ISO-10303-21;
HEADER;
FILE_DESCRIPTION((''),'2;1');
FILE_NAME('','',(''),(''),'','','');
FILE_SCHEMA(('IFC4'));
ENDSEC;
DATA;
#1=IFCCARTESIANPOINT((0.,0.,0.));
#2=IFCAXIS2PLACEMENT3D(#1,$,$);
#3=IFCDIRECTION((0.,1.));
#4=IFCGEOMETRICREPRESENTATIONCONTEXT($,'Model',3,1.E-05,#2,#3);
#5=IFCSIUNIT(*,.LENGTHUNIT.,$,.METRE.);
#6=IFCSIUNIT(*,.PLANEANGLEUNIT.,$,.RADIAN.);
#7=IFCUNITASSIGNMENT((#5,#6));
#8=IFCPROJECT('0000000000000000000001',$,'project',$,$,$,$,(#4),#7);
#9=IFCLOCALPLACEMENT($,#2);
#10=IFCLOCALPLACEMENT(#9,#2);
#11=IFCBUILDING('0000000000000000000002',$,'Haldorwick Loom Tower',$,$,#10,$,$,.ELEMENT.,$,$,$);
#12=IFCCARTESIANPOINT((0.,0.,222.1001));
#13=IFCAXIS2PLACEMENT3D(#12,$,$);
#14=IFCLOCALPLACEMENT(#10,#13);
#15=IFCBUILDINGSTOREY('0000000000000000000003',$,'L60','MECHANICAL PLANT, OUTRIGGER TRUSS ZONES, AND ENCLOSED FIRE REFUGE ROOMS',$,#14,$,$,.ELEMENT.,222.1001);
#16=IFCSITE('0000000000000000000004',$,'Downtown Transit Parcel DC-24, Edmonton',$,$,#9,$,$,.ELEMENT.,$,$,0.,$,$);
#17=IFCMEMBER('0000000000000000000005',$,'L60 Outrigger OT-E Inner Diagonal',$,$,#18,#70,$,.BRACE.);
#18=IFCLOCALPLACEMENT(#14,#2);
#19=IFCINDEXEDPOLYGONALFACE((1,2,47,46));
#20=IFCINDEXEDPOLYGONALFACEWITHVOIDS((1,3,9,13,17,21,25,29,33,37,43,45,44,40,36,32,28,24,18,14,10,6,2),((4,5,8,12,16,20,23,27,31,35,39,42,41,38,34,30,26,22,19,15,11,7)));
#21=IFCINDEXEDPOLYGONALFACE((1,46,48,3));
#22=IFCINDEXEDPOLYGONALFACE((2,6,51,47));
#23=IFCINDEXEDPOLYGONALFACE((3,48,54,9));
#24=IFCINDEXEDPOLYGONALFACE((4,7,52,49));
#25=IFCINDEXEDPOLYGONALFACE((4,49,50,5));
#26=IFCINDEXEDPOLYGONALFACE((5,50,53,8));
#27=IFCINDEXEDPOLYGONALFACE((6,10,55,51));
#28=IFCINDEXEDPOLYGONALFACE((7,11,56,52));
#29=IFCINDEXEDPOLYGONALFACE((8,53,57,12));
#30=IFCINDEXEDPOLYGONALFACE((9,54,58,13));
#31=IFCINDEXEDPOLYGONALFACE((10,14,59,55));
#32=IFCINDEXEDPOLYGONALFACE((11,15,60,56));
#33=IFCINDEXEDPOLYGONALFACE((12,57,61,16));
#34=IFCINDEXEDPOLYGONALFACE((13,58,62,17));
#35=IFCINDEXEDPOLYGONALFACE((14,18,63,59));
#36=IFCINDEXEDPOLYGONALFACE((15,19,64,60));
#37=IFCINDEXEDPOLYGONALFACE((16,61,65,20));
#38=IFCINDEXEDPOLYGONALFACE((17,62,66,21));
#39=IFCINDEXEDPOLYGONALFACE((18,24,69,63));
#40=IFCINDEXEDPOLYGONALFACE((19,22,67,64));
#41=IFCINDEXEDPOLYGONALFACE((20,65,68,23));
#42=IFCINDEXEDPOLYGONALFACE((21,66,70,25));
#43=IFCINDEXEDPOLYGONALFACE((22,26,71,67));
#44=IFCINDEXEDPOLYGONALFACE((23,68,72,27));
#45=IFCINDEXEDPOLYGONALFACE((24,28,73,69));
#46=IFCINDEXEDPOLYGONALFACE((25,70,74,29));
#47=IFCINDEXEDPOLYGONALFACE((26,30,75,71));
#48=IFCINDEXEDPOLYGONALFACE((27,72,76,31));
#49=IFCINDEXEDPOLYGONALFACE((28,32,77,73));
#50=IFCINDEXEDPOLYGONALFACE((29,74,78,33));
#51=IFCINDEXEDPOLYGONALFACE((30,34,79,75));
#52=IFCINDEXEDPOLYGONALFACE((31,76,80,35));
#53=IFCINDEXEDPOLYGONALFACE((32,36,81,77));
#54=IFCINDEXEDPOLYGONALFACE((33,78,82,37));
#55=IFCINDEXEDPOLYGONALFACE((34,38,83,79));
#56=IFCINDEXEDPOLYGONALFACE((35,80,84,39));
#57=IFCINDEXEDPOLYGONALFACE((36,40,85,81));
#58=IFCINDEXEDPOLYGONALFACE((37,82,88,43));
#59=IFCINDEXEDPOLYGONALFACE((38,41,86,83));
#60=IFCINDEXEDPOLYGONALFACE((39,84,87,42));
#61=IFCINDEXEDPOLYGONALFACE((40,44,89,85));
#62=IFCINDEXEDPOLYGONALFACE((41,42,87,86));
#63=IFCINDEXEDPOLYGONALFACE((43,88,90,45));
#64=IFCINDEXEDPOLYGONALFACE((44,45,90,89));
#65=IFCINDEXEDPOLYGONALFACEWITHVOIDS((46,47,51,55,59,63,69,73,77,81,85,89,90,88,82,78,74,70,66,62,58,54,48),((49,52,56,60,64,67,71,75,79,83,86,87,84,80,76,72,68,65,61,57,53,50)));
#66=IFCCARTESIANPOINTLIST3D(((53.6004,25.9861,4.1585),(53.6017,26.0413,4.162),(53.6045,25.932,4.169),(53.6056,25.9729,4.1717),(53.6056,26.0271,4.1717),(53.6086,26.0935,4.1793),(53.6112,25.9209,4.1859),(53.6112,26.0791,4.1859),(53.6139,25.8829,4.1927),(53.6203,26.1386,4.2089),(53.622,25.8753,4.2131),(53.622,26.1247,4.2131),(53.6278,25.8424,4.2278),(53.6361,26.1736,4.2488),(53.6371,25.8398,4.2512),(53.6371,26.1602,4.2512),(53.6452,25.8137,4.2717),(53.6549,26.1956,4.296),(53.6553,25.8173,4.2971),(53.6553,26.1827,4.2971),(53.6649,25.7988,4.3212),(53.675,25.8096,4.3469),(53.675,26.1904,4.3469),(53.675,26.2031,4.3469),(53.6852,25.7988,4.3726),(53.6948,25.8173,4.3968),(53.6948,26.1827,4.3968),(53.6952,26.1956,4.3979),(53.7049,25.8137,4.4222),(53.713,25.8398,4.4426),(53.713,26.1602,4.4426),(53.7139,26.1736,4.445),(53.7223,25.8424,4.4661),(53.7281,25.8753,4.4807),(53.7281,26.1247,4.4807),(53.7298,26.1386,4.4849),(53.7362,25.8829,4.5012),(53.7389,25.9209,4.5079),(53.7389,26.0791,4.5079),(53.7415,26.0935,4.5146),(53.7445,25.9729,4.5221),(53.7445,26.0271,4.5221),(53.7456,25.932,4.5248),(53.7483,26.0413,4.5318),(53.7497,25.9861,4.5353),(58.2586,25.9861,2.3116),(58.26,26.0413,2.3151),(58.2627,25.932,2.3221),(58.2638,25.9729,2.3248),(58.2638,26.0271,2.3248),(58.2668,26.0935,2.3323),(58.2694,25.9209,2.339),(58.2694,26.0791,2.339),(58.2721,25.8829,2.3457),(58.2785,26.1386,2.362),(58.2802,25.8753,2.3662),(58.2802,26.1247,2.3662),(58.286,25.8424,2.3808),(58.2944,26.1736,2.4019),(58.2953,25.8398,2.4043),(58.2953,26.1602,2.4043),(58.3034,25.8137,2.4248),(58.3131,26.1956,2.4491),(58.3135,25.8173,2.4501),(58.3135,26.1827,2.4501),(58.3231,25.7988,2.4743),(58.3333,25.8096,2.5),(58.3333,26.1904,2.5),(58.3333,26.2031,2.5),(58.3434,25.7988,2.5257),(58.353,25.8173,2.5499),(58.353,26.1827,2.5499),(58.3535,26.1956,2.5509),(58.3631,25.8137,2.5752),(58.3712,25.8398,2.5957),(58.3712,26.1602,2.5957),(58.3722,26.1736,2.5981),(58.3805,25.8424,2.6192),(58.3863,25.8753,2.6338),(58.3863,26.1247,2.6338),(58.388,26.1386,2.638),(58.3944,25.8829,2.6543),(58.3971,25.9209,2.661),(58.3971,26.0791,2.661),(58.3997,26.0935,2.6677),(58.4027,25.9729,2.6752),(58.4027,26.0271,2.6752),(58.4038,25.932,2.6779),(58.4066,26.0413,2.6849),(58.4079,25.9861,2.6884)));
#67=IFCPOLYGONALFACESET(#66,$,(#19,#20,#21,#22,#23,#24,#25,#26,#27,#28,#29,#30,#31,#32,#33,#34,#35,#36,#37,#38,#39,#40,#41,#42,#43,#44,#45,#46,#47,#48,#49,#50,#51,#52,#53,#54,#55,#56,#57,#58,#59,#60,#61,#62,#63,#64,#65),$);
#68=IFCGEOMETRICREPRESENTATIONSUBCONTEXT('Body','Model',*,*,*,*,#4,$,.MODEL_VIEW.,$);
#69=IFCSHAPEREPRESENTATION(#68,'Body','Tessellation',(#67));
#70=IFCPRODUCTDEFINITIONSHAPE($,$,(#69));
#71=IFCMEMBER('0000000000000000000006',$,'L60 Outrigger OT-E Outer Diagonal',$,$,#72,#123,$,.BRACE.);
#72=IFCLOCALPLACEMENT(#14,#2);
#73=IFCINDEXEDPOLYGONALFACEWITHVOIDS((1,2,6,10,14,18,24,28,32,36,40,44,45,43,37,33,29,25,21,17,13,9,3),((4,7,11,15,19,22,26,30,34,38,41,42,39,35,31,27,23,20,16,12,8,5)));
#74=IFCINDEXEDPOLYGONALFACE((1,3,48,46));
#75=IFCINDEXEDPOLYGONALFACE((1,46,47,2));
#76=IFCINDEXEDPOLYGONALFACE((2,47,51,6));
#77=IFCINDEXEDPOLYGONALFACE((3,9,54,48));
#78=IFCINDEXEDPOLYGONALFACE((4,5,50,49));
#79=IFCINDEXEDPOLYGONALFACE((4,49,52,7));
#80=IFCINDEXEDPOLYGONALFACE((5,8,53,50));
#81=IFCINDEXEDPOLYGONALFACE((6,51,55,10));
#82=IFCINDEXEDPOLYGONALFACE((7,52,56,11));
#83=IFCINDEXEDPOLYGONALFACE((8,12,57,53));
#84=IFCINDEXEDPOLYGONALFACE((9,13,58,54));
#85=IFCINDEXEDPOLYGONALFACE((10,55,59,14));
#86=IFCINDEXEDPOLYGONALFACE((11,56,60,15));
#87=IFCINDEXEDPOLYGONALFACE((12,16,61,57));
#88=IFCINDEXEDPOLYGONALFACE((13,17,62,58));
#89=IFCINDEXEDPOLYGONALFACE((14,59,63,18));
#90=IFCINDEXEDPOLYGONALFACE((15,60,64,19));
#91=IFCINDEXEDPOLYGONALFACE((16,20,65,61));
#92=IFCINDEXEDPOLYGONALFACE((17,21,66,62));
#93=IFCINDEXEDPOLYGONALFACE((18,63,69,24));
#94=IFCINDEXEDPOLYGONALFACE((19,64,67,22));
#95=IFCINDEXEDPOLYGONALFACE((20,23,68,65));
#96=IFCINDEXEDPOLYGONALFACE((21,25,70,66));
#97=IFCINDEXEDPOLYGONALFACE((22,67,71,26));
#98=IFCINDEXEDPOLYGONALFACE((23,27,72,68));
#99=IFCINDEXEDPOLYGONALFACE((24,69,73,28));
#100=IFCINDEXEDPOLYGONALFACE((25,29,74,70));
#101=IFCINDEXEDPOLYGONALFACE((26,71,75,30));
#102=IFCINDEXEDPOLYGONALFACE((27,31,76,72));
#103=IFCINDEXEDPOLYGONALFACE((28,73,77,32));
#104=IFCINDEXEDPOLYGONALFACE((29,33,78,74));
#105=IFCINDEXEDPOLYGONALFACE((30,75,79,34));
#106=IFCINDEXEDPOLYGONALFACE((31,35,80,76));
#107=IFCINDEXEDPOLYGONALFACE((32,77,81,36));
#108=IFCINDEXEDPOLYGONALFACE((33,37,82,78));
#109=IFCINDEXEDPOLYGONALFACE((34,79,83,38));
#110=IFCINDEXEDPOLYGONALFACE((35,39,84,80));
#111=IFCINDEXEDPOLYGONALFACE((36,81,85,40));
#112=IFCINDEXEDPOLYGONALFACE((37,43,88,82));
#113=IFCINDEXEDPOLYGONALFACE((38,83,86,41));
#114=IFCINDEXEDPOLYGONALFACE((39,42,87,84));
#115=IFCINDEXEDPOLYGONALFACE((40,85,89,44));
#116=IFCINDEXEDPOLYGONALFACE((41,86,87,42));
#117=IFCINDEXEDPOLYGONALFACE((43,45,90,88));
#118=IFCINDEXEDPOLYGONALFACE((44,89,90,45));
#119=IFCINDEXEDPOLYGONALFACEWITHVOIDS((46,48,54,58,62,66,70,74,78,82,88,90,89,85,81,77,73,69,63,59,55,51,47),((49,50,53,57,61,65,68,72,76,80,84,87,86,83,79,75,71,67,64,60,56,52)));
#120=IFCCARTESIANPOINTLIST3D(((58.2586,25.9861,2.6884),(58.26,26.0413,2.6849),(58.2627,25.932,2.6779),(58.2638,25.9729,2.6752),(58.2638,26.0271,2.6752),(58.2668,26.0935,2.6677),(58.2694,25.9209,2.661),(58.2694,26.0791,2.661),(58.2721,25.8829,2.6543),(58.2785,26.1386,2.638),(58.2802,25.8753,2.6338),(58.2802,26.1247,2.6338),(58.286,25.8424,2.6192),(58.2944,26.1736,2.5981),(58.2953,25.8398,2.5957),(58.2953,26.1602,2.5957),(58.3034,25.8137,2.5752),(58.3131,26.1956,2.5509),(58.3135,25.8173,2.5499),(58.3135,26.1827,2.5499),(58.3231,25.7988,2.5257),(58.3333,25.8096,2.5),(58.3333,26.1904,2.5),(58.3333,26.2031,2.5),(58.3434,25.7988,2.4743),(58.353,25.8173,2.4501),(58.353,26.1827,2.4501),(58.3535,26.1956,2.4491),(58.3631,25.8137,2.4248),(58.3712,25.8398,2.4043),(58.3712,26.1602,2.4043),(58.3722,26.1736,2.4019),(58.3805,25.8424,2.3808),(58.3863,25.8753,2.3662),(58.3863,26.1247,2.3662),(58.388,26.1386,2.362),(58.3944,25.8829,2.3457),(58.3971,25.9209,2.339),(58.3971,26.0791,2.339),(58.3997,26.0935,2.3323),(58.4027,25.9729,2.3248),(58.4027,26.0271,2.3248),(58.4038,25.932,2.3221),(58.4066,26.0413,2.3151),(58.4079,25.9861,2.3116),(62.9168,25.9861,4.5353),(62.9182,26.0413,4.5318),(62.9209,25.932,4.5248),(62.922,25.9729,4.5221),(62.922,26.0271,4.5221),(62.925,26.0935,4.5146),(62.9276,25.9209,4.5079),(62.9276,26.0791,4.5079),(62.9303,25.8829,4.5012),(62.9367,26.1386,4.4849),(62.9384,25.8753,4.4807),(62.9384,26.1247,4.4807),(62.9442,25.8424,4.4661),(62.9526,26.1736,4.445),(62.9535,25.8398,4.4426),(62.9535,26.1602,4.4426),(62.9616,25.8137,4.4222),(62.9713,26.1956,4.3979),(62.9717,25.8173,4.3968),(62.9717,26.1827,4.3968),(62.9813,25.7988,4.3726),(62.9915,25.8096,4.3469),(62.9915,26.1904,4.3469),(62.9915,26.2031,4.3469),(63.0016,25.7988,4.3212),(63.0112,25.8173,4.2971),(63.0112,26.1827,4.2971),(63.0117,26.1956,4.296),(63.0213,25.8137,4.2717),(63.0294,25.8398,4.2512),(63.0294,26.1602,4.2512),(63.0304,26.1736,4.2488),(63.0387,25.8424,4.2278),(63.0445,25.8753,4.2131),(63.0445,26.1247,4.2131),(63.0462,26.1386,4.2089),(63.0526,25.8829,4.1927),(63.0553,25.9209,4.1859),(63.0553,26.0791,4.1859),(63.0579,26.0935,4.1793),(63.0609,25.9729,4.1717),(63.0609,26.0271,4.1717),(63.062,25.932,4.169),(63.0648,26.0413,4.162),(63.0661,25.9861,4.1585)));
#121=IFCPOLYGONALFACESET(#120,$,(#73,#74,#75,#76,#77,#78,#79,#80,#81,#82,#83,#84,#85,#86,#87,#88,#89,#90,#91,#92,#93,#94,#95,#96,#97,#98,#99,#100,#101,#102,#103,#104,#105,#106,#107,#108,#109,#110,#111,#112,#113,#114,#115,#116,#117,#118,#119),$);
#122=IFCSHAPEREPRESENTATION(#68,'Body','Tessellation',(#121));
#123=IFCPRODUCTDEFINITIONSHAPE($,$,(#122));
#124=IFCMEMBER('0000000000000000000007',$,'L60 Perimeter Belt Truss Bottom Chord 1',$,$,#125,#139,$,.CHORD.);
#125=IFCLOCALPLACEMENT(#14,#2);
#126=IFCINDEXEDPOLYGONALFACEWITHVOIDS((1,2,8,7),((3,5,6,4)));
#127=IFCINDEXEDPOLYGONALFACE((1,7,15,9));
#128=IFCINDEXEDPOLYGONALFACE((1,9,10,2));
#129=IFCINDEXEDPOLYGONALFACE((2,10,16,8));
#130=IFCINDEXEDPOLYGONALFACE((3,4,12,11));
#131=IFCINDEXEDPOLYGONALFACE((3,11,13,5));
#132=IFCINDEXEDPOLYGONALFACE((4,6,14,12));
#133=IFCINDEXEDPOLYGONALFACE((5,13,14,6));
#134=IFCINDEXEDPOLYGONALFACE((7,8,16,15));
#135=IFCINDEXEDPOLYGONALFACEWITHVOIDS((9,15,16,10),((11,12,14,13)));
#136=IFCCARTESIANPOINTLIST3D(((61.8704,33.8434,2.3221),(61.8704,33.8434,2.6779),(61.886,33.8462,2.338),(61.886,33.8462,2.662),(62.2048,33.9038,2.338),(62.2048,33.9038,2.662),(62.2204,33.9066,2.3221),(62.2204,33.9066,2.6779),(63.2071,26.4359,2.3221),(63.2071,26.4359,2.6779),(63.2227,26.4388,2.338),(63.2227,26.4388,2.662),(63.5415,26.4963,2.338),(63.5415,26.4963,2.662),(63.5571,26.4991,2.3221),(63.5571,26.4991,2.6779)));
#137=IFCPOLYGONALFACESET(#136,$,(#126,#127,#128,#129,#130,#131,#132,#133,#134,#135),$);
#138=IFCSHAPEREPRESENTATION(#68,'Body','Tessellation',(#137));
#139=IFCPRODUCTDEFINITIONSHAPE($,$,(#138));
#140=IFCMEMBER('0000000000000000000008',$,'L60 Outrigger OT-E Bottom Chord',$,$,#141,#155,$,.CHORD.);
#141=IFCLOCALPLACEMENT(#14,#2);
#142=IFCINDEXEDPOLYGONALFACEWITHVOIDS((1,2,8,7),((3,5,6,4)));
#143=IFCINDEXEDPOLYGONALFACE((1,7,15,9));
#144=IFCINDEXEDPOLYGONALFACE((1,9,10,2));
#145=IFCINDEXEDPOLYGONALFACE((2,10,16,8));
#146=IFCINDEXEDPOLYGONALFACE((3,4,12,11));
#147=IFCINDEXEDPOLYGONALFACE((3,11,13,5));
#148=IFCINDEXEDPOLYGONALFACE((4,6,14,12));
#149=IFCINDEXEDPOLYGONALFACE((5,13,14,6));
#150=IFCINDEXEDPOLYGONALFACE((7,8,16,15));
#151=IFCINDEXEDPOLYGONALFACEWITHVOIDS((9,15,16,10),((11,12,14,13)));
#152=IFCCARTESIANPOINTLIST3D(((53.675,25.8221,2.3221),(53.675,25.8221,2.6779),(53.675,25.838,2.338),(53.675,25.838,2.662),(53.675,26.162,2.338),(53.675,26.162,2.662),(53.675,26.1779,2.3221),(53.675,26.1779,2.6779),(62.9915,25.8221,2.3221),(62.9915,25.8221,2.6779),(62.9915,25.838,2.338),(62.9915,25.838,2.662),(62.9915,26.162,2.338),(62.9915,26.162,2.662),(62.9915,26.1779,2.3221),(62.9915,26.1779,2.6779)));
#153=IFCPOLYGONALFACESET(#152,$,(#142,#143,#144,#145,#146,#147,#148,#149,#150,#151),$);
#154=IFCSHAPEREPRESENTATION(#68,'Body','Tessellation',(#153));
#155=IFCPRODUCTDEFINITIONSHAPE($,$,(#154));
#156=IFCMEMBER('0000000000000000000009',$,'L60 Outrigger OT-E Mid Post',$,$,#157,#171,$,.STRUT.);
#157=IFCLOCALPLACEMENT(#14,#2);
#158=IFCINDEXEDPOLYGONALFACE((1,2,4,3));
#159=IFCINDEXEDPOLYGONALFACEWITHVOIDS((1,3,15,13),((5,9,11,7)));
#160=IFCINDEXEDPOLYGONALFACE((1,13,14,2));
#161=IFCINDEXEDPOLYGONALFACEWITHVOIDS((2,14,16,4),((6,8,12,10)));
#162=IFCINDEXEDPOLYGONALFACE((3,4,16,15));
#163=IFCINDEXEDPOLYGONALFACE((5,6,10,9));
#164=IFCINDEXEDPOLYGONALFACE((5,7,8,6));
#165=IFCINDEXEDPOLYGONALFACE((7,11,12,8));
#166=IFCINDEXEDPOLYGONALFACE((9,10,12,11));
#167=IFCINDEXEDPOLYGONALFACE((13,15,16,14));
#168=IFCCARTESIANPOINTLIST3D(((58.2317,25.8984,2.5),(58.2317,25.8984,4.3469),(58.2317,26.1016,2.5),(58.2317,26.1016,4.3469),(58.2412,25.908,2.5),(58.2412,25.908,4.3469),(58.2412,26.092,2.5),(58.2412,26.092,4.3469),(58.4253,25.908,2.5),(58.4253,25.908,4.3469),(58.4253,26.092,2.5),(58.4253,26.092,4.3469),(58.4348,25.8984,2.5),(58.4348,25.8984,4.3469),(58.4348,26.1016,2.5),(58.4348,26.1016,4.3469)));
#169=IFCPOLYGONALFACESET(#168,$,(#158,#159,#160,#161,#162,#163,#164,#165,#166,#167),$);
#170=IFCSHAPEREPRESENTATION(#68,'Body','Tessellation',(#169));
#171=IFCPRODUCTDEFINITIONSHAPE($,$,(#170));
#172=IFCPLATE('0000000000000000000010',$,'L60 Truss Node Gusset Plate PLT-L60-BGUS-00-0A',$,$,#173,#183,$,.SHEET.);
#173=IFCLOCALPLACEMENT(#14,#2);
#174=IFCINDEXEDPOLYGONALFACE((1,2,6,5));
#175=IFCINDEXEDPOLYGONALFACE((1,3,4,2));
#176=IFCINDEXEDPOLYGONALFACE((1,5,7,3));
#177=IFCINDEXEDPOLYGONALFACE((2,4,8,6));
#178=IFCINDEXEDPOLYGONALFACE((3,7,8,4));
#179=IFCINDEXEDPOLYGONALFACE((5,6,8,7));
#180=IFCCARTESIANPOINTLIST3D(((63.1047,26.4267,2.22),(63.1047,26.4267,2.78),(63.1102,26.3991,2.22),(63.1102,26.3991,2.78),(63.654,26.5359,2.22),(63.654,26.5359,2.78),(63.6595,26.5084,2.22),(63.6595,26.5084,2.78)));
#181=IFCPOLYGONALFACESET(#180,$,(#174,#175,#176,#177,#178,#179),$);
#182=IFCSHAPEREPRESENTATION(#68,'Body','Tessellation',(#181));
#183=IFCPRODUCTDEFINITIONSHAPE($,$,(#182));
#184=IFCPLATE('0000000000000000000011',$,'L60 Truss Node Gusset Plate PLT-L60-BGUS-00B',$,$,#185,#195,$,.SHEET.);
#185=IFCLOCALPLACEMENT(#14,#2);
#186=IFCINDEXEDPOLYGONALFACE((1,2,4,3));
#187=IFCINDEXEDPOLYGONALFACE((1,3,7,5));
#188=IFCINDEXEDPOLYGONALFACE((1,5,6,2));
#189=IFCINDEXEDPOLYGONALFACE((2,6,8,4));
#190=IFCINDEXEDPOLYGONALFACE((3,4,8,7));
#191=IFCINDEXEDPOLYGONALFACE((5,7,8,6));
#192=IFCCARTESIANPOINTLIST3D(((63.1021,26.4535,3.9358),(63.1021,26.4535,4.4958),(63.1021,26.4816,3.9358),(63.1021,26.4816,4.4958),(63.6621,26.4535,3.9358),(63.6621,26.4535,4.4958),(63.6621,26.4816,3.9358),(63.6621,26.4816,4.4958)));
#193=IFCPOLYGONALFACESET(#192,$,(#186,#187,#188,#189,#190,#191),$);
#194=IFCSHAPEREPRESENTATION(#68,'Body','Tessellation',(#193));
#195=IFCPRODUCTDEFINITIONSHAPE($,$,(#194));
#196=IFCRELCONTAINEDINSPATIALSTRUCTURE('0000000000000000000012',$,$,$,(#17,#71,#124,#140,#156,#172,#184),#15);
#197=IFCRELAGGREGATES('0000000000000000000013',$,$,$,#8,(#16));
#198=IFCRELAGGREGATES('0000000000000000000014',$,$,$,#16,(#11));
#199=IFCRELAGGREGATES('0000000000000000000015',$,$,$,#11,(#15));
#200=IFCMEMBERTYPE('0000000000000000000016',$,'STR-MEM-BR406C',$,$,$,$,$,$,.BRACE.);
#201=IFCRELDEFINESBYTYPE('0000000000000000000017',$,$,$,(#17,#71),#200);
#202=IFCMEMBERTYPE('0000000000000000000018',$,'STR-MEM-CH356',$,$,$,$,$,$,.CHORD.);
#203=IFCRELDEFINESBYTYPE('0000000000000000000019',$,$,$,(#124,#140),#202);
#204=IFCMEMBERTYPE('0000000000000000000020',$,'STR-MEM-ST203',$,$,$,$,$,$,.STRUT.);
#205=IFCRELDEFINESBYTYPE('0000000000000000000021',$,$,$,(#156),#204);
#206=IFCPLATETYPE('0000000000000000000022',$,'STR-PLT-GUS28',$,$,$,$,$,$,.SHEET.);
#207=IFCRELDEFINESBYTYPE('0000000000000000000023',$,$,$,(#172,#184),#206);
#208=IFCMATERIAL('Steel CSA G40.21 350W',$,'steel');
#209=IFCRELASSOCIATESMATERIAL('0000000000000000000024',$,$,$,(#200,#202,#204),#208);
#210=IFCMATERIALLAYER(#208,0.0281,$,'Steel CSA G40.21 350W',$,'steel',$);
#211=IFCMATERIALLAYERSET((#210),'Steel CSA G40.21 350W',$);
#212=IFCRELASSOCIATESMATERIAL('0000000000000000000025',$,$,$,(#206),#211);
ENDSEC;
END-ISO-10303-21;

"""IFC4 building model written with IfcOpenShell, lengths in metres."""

from ifc_helpers import new_model, si_unit, direction, frame, origin, origin_2d, place, context, subcontext, project, spatial, rectangle, hollow_rectangle, hollow_circle, extrude, material, layer, layer_set, material_profile, profile_set, type_object, element, save


model = new_model("IFC4")

# Units and contexts
model_context = context("Model", 3, precision=1e-05, world=origin(), true_north=direction((0.0, 1.0)))
body_context = subcontext(model_context, "Body", "Model", "MODEL_VIEW")
ifc_project = project(units=[si_unit("LENGTHUNIT", "METRE"), si_unit("PLANEANGLEUNIT", "RADIAN")], contexts=[model_context])

# Site, building, storey
site_placement = place(None, origin())
site = spatial("IfcSite", under=ifc_project, at=site_placement, Name="Downtown Transit Parcel DC-24, Edmonton", CompositionType="ELEMENT", RefElevation=0.0)
building_placement = place(site_placement, origin())
building = spatial("IfcBuilding", under=site, at=building_placement, Name="Haldorwick Loom Tower", CompositionType="ELEMENT")
storey_placement = place(building_placement, frame((0.0, 0.0, 222.1001)))
storey = spatial("IfcBuildingStorey", under=building, at=storey_placement, Name="L60", Description="MECHANICAL PLANT, OUTRIGGER TRUSS ZONES, AND ENCLOSED FIRE REFUGE ROOMS", CompositionType="ELEMENT", Elevation=222.1001)

# Shared definitions
ifc_material_1 = material(Name="Steel CSA G40.21 350W", Category="steel")

# Members
ifc_material_profile_1 = material_profile(ifc_material_1, hollow_circle(Radius=0.2031, WallThickness=0.0127, at=origin_2d()), Name="HSS406X13", Category="steel")
ifc_profile_set_1 = profile_set([ifc_material_profile_1], Name="Steel CSA G40.21 350W")
member_type_1 = type_object("IfcMemberType", Name="STR-MEM-BR406C", PredefinedType="BRACE", material=ifc_profile_set_1)
for number, where, z_axis, x_axis, name in (
    (1, (53.675, 26.0, 4.3469), (0.929598, 0.0, -0.368575), (0.0, 1.0, 0.0), "L60 Outrigger OT-E Inner Diagonal"),
    (2, (58.3333, 26.0, 2.5), (0.929598, 0.0, 0.368575), (0.0, 1.0, 0.0), "L60 Outrigger OT-E Outer Diagonal"),
):
    element("IfcMember", number, at=place(storey_placement, frame(where, z_axis=z_axis, x_axis=x_axis)), inside=storey, type_object=member_type_1, Name=name, PredefinedType="BRACE", context=body_context, shape_type="SweptSolid", body=[
        extrude(hollow_circle(Radius=0.2031, WallThickness=0.0127, at=origin_2d()), origin(), (0.0, 0.0, 1.0), 5.011),
    ])
ifc_material_profile_2 = material_profile(ifc_material_1, hollow_rectangle(XDim=0.3557, YDim=0.3557, WallThickness=0.0159, at=origin_2d()), Name="HSS356X356X16", Category="steel")
ifc_profile_set_2 = profile_set([ifc_material_profile_2], Name="Steel CSA G40.21 350W")
member_type_2 = type_object("IfcMemberType", Name="STR-MEM-CH356", PredefinedType="CHORD", material=ifc_profile_set_2)
member_1_placement = place(storey_placement, frame((63.3821, 26.4675, 2.5), z_axis=(-0.177581, 0.984106, 0.0), x_axis=(-0.984106, -0.177581, 0.0)))
element("IfcMember", 3, at=member_1_placement, inside=storey, type_object=member_type_2, Name="L60 Perimeter Belt Truss Bottom Chord 1", PredefinedType="CHORD", context=body_context, shape_type="SweptSolid", body=[
    extrude(hollow_rectangle(XDim=0.3557, YDim=0.3557, WallThickness=0.0159, at=origin_2d()), origin(), (0.0, 0.0, 1.0), 7.5271),
])
member_2_placement = place(storey_placement, frame((53.675, 26.0, 2.5), z_axis=(1.0, 0.0, 0.0), x_axis=(0.0, 1.0, 0.0)))
element("IfcMember", 4, at=member_2_placement, inside=storey, type_object=member_type_2, Name="L60 Outrigger OT-E Bottom Chord", PredefinedType="CHORD", context=body_context, shape_type="SweptSolid", body=[
    extrude(hollow_rectangle(XDim=0.3557, YDim=0.3557, WallThickness=0.0159, at=origin_2d()), origin(), (0.0, 0.0, 1.0), 9.3164),
])
ifc_material_profile_3 = material_profile(ifc_material_1, hollow_rectangle(XDim=0.2031, YDim=0.2031, WallThickness=0.0095, at=origin_2d()), Name="HSS203X203X10", Category="steel")
ifc_profile_set_3 = profile_set([ifc_material_profile_3], Name="Steel CSA G40.21 350W")
member_type_3 = type_object("IfcMemberType", Name="STR-MEM-ST203", PredefinedType="STRUT", material=ifc_profile_set_3)
member_3_placement = place(storey_placement, frame((58.3333, 26.0, 2.5), z_axis=(0.0, 0.0, 1.0), x_axis=(1.0, 0.0, 0.0)))
element("IfcMember", 5, at=member_3_placement, inside=storey, type_object=member_type_3, Name="L60 Outrigger OT-E Mid Post", PredefinedType="STRUT", context=body_context, shape_type="SweptSolid", body=[
    extrude(hollow_rectangle(XDim=0.2031, YDim=0.2031, WallThickness=0.0095, at=origin_2d()), origin(), (0.0, 0.0, 1.0), 1.8469),
])

# Plates
ifc_layer_1 = layer(ifc_material_1, 0.0281, Name="Steel CSA G40.21 350W", Category="steel")
ifc_layer_set_1 = layer_set([ifc_layer_1], Name="Steel CSA G40.21 350W")
plate_type = type_object("IfcPlateType", Name="STR-PLT-GUS28", PredefinedType="SHEET", material=ifc_layer_set_1)
for number, where, z_axis, x_axis, name in (
    (6, (63.3821, 26.4675, 2.22), (0.0, 0.0, 1.0), (0.980785, 0.19509, 0.0), "L60 Truss Node Gusset Plate PLT-L60-BGUS-00-0A"),
    (7, (63.3821, 26.4675, 3.9358), (0.0, 0.0, 1.0), (1.0, 0.0, 0.0), "L60 Truss Node Gusset Plate PLT-L60-BGUS-00B"),
):
    element("IfcPlate", number, at=place(storey_placement, frame(where, z_axis=z_axis, x_axis=x_axis)), inside=storey, type_object=plate_type, Name=name, PredefinedType="SHEET", context=body_context, shape_type="SweptSolid", body=[
        extrude(rectangle(XDim=0.5601, YDim=0.0281, at=origin_2d()), origin(), (0.0, 0.0, 1.0), 0.5601),
    ])

save(model, "model.ifc")
